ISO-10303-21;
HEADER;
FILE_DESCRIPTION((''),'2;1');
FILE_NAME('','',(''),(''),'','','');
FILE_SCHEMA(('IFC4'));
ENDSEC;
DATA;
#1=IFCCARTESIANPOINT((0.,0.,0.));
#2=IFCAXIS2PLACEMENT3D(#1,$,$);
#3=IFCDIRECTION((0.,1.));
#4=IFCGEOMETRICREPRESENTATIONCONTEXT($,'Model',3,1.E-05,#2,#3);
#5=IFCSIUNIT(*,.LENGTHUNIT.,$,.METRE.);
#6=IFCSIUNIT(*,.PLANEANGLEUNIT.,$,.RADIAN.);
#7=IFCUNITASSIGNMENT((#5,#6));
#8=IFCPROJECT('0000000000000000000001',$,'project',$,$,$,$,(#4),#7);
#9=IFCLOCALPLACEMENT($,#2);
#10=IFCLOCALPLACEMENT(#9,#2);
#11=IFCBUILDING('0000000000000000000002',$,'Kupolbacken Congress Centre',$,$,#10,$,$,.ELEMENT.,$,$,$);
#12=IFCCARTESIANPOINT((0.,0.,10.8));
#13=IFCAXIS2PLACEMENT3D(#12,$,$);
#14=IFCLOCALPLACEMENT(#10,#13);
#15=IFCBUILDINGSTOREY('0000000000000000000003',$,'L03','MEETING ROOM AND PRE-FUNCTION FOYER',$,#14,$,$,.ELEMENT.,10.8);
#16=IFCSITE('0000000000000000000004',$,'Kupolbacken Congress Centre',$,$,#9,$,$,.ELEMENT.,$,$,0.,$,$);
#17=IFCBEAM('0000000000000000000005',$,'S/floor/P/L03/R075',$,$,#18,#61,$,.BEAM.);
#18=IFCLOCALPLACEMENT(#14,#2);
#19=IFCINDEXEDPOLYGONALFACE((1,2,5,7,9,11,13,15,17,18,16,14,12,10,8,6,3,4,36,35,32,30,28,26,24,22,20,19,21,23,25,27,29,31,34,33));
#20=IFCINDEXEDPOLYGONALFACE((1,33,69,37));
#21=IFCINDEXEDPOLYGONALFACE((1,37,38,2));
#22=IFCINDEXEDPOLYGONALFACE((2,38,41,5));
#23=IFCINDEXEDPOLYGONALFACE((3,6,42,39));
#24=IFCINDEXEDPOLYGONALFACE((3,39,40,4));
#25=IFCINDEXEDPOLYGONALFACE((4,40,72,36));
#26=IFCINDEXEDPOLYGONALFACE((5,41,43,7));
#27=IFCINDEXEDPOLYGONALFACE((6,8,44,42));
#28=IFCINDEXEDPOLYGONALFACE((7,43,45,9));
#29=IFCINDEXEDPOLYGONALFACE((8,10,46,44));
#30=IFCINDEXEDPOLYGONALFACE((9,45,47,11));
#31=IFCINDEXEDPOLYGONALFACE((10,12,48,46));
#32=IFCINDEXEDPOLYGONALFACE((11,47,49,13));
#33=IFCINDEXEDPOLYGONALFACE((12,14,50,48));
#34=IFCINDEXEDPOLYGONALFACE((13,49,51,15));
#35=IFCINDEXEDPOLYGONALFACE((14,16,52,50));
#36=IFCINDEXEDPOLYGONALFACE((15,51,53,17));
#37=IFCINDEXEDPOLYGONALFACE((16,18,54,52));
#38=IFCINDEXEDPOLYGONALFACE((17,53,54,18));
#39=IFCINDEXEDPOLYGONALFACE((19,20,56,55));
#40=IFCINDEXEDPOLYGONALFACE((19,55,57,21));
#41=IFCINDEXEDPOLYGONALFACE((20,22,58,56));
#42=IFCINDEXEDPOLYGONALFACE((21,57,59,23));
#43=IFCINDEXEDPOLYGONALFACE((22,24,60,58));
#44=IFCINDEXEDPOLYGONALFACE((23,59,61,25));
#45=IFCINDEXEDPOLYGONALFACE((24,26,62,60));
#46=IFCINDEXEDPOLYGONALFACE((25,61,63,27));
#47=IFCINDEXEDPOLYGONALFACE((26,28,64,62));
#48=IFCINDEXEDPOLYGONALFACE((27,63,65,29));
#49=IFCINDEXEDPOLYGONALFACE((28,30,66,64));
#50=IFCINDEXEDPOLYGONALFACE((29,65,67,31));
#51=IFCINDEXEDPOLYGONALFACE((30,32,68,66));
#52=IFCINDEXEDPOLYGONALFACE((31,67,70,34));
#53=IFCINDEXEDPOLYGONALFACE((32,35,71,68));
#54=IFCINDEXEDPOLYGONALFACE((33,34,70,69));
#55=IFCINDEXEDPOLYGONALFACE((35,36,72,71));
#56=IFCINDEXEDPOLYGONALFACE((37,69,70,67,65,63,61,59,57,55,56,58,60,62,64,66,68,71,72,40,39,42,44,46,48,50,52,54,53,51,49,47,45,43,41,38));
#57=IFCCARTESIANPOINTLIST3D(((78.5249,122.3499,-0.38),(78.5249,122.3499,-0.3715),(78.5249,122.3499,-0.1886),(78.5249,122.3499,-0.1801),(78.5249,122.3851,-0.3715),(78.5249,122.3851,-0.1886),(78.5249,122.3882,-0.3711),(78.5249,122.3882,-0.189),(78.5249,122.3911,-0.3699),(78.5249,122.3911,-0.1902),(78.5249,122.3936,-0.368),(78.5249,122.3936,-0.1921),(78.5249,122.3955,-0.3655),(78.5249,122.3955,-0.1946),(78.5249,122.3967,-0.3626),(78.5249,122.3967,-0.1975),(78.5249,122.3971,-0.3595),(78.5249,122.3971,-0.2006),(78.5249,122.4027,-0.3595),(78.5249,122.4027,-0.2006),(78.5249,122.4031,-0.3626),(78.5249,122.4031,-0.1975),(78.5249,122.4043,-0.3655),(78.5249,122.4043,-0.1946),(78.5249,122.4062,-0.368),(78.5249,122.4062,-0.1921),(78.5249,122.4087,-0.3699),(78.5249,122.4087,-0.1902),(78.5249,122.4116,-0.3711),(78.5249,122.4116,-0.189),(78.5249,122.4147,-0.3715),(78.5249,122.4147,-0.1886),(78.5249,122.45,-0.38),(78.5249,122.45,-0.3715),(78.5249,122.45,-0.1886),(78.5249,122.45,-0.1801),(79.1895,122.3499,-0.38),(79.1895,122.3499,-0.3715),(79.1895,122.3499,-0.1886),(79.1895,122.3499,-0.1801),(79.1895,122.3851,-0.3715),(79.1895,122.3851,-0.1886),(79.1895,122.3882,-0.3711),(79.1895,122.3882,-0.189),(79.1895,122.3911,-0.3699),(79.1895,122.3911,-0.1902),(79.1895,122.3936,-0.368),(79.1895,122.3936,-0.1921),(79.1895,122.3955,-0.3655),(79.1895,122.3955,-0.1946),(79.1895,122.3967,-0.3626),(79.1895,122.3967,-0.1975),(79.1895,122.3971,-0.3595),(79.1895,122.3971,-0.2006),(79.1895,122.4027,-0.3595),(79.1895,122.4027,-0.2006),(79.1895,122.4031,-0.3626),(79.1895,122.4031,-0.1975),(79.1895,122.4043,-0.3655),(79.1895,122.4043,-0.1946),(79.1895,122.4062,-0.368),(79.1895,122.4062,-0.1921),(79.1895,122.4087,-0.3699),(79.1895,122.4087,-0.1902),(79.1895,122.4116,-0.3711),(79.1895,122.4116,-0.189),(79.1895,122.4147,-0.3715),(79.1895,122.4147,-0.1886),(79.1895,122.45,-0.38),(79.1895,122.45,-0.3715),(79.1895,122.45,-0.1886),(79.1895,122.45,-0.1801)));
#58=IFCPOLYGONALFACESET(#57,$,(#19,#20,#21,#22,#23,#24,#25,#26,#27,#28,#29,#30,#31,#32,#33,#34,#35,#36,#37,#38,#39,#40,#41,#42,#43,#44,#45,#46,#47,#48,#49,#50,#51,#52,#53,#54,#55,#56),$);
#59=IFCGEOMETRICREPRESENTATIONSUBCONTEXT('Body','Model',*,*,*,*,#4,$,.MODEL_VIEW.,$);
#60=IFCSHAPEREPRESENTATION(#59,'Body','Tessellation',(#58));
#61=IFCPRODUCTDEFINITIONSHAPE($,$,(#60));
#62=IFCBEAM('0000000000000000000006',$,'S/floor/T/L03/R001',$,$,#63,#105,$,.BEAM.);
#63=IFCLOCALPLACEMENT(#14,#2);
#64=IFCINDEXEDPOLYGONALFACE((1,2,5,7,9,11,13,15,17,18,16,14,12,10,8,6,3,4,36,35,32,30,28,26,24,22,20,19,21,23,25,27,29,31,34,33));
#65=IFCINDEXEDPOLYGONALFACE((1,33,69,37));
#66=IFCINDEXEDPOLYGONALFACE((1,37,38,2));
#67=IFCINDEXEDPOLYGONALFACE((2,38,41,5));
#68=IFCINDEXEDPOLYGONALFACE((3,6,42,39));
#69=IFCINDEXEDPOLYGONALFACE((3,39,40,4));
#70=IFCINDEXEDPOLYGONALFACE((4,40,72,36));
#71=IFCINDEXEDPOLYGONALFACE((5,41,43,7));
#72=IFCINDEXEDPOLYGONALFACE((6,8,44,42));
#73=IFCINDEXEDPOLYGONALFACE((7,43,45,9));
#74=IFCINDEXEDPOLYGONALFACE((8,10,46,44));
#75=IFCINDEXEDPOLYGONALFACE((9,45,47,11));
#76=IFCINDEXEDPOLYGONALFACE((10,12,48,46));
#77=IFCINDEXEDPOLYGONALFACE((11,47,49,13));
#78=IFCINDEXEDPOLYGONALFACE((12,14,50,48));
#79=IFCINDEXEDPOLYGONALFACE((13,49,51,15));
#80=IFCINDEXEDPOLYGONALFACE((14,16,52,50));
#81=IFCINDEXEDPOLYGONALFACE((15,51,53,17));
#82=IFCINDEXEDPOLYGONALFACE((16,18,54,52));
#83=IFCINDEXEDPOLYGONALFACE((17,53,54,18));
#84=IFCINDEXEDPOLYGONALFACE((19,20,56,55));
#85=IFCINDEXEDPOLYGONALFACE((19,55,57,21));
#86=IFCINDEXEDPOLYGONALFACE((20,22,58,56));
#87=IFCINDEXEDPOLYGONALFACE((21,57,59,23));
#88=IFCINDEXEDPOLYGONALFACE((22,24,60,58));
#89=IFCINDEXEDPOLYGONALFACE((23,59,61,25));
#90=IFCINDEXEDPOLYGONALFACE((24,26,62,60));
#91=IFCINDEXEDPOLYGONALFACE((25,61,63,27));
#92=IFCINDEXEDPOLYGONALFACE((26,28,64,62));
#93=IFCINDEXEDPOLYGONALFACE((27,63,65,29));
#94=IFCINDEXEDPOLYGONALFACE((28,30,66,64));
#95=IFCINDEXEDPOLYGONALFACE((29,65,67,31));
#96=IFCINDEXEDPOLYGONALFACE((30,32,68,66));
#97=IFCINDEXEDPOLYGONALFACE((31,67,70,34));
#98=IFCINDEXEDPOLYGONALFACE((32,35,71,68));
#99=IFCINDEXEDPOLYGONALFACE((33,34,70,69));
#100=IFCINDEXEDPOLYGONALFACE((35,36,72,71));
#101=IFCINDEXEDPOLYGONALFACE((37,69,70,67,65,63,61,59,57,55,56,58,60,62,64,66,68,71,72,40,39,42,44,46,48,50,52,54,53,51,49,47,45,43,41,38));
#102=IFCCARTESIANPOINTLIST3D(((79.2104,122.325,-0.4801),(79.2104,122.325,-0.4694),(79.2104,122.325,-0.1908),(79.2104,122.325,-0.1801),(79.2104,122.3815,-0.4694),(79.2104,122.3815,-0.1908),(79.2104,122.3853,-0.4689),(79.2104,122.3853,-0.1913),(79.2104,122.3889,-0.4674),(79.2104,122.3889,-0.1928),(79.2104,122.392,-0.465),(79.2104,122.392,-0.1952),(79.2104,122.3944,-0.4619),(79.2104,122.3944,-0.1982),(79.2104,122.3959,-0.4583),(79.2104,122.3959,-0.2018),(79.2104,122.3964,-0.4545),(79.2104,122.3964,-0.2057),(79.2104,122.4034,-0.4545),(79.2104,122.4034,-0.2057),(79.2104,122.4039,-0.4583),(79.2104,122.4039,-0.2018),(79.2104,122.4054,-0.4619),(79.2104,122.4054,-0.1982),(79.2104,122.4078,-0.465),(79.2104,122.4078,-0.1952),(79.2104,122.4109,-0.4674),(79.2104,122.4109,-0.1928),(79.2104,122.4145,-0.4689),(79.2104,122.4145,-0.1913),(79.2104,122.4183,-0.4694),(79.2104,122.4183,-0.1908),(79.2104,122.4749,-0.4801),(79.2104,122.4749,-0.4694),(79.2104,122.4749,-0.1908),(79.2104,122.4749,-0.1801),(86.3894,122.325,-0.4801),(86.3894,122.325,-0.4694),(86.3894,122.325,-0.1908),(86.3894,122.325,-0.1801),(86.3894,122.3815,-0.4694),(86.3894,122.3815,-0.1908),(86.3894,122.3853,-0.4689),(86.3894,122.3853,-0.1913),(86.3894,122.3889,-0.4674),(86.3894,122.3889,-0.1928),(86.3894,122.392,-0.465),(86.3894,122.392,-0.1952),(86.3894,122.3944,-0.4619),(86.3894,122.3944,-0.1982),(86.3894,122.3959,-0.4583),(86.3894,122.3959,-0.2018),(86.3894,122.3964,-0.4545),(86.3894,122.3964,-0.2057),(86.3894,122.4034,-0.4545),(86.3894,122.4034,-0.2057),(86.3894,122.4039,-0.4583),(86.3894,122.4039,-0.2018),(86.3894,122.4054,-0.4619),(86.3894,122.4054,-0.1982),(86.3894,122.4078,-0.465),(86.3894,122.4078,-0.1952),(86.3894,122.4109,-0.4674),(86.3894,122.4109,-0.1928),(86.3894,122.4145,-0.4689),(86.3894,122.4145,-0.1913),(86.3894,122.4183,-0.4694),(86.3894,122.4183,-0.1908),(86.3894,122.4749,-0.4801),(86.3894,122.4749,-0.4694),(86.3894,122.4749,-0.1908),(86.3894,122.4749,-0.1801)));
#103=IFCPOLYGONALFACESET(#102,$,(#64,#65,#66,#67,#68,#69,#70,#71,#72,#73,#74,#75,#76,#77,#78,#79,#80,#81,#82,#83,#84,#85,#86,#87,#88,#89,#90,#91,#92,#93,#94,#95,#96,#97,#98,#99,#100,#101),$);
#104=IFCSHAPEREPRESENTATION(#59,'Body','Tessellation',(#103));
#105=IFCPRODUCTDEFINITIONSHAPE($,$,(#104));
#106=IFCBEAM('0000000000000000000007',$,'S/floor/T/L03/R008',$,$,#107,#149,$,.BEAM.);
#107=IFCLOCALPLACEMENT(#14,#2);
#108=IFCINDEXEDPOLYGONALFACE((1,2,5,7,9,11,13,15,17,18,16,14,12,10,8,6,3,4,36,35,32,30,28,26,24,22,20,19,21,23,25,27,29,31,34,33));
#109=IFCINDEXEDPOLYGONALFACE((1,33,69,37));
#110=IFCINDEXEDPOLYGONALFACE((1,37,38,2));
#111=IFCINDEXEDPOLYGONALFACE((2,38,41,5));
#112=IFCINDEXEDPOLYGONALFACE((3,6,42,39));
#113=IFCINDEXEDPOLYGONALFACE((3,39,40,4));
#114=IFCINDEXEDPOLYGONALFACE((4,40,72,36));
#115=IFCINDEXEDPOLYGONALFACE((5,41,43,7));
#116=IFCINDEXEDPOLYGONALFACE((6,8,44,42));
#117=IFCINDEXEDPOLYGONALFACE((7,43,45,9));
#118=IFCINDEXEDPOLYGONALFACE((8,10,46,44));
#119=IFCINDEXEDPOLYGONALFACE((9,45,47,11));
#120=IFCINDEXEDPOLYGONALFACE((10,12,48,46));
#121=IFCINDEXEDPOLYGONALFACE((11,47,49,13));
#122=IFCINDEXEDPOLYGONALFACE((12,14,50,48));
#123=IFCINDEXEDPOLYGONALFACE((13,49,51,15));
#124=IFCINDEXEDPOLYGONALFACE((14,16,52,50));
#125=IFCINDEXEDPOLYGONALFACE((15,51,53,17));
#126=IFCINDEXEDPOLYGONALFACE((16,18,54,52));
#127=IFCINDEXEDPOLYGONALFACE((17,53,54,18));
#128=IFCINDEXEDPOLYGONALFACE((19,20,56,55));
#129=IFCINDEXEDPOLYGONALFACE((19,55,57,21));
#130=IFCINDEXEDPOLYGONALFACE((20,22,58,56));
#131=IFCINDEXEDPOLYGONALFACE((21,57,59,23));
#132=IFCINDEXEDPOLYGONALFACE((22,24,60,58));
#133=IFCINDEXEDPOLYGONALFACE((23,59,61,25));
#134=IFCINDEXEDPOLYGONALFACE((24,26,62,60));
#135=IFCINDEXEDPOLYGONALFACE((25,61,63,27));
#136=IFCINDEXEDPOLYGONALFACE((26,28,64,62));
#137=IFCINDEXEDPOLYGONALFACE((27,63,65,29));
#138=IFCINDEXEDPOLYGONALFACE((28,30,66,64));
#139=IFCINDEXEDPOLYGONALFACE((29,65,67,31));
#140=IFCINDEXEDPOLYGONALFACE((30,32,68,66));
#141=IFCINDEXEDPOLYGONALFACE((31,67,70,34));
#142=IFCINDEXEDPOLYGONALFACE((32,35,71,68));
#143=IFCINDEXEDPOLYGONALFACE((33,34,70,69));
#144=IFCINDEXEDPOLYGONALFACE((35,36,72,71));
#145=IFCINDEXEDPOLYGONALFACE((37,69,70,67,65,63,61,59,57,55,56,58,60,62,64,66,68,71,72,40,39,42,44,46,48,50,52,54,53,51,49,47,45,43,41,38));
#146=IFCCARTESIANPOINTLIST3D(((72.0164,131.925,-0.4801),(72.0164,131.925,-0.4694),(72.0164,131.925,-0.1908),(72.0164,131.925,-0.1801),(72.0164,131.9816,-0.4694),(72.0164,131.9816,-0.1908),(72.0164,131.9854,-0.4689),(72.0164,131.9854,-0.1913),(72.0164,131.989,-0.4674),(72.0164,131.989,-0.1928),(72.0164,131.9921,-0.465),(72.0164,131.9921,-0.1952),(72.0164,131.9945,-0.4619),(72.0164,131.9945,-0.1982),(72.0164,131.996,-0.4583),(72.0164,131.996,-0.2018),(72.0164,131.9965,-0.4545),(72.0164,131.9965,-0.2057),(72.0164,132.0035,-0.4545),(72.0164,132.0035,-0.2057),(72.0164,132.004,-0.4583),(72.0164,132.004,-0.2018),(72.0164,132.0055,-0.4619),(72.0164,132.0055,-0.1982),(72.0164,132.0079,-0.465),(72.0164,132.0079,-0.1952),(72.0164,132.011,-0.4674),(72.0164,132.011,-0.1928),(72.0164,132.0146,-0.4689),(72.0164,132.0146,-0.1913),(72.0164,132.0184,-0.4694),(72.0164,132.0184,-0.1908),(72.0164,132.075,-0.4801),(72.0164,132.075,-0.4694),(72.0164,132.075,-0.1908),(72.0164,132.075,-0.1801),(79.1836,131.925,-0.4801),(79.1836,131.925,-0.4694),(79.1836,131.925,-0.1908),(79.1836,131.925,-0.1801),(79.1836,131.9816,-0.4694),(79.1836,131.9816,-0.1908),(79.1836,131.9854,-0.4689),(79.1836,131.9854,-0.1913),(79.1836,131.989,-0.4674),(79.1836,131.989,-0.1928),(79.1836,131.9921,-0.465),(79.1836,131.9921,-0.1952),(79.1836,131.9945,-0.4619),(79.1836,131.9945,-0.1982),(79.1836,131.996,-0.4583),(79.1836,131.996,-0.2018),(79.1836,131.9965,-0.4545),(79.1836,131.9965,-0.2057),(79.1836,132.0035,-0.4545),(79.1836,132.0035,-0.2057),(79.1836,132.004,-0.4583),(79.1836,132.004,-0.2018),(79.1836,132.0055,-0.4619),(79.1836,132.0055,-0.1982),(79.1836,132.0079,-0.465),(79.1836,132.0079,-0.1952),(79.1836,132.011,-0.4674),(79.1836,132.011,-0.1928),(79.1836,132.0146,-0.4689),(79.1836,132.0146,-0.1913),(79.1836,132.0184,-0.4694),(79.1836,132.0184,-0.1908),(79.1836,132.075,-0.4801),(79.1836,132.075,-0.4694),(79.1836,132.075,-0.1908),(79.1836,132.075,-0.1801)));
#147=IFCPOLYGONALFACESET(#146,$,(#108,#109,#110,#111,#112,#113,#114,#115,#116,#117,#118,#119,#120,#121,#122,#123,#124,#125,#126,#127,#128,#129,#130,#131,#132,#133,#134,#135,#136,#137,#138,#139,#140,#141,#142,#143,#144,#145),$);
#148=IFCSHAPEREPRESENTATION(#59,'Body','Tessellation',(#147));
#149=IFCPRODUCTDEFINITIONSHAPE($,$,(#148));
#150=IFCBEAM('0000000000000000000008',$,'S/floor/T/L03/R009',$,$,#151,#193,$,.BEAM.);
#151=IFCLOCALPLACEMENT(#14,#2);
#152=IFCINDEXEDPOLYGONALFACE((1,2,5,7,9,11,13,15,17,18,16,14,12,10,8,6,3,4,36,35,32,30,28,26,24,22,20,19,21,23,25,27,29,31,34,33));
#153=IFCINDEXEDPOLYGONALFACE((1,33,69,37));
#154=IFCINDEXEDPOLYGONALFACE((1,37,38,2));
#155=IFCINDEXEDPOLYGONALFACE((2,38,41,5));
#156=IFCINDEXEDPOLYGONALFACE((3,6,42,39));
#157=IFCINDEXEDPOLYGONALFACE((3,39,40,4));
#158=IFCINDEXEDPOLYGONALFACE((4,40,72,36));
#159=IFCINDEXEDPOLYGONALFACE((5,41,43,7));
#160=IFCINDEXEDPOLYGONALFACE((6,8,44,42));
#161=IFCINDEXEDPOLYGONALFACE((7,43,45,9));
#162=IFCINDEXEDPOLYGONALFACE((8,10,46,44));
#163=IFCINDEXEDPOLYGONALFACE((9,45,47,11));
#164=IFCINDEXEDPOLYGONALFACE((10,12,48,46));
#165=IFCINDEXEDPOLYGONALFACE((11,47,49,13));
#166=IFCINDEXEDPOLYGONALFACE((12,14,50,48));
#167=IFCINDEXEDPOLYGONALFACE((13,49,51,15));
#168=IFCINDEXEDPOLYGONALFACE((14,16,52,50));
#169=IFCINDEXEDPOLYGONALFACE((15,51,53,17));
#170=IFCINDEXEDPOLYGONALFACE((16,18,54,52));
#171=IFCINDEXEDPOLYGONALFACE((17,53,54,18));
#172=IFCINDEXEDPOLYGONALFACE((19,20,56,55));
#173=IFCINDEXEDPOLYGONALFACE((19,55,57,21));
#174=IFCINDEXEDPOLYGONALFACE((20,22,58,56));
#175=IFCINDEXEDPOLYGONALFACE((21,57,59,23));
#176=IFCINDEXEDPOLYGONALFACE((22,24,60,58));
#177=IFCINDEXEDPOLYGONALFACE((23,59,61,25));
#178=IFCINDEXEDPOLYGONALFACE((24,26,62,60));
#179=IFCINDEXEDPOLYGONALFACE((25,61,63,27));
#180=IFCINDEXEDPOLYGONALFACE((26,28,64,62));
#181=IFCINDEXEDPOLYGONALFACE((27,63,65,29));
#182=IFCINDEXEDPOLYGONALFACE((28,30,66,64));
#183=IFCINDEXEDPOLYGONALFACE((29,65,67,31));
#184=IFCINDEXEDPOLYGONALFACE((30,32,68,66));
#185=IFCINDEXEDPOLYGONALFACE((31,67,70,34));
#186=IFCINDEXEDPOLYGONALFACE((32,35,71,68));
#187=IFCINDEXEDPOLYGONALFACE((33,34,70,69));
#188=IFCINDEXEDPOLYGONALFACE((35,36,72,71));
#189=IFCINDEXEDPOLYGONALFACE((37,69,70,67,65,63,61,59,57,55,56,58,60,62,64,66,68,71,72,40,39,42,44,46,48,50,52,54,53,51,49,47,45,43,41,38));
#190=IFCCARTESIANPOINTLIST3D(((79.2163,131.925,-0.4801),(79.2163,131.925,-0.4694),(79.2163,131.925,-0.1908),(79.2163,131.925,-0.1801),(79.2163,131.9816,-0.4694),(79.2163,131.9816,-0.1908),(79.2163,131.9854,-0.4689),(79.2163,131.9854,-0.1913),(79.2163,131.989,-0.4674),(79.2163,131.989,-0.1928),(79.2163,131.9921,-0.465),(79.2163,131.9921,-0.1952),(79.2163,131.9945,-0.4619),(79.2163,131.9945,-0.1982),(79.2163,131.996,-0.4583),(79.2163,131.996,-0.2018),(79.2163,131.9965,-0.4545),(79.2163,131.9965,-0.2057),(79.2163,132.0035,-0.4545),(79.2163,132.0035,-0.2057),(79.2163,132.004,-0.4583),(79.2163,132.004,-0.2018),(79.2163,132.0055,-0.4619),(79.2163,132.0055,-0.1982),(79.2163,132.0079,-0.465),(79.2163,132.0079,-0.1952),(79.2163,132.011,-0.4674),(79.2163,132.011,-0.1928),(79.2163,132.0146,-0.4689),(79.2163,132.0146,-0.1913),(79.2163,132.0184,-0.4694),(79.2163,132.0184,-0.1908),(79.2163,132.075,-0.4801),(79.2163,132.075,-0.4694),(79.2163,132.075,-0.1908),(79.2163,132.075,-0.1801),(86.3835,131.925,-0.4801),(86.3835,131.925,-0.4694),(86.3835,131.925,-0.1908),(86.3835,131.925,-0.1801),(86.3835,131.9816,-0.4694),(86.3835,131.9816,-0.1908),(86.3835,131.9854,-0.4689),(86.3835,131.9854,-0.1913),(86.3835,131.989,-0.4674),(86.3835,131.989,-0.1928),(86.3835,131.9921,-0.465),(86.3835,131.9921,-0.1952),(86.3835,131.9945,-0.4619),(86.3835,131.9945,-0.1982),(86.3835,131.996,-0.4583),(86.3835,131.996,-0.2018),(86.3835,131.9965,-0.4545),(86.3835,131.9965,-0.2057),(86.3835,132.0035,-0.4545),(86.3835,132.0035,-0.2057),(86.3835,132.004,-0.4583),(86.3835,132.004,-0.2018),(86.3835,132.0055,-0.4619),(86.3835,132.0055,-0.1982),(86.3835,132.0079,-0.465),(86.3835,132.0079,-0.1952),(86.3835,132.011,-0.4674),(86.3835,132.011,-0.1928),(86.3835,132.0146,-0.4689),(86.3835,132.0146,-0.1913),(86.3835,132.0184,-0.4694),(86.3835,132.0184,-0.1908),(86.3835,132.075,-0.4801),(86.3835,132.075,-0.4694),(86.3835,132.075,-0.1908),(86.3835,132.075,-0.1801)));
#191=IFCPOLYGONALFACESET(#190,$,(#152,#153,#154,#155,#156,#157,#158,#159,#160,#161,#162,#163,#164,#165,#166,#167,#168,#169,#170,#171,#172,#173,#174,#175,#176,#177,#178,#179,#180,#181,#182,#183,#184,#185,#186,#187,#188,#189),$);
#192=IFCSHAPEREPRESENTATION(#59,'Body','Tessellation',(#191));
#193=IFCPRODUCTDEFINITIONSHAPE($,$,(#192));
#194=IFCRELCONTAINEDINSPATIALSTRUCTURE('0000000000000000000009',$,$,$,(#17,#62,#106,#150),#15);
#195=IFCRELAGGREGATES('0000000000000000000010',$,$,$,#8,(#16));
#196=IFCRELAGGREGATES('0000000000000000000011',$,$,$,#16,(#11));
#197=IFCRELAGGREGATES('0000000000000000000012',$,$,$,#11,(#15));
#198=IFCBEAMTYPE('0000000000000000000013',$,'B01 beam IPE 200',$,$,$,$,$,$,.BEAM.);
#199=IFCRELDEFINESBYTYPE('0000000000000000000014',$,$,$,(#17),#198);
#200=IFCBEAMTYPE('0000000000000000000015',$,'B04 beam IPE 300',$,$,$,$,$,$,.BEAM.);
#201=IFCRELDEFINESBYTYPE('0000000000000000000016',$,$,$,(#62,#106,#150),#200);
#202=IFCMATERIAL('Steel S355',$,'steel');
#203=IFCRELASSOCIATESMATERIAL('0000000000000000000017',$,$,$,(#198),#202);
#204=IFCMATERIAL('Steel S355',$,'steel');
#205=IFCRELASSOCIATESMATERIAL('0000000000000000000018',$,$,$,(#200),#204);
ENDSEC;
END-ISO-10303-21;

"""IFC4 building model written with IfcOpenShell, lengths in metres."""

from ifc_helpers import new_model, si_unit, direction, frame, origin, origin_2d, place, context, subcontext, project, spatial, i_section, extrude, material, material_profile, profile_set, type_object, element, save


model = new_model("IFC4")

# Units and contexts
model_context = context("Model", 3, precision=1e-05, world=origin(), true_north=direction((0.0, 1.0)))
body_context = subcontext(model_context, "Body", "Model", "MODEL_VIEW")
ifc_project = project(units=[si_unit("LENGTHUNIT", "METRE"), si_unit("PLANEANGLEUNIT", "RADIAN")], contexts=[model_context])

# Site, building, storey
site_placement = place(None, origin())
site = spatial("IfcSite", under=ifc_project, at=site_placement, Name="Kupolbacken Congress Centre", CompositionType="ELEMENT", RefElevation=0.0)
building_placement = place(site_placement, origin())
building = spatial("IfcBuilding", under=site, at=building_placement, Name="Kupolbacken Congress Centre", CompositionType="ELEMENT")
storey_placement = place(building_placement, frame((0.0, 0.0, 10.8)))
storey = spatial("IfcBuildingStorey", under=building, at=storey_placement, Name="L03", Description="MEETING ROOM AND PRE-FUNCTION FOYER", CompositionType="ELEMENT", Elevation=10.8)

# Beams
ifc_material_1 = material(Name="Steel S355", Category="steel")
ifc_material_profile_1 = material_profile(ifc_material_1, i_section(OverallWidth=0.1001, OverallDepth=0.2, WebThickness=0.0056, FlangeThickness=0.0085, FilletRadius=0.012, at=origin_2d()), Name="IPE 200")
ifc_profile_set_1 = profile_set([ifc_material_profile_1], Name="Steel S355")
beam_type_1 = type_object("IfcBeamType", Name="B01 beam IPE 200", PredefinedType="BEAM", material=ifc_profile_set_1)
beam_1_placement = place(storey_placement, frame((78.5249, 122.3999, -0.28), z_axis=(1.0, 0.0, 0.0), x_axis=(0.0, 1.0, 0.0)))
element("IfcBeam", 1, at=beam_1_placement, inside=storey, type_object=beam_type_1, Name="S/floor/P/L03/R075", PredefinedType="BEAM", context=body_context, shape_type="SweptSolid", body=[
    extrude(i_section(OverallWidth=0.1001, OverallDepth=0.2, WebThickness=0.0056, FlangeThickness=0.0085, FilletRadius=0.012, at=origin_2d()), origin(), (0.0, 0.0, 1.0), 0.6646),
])
ifc_material_2 = material(Name="Steel S355", Category="steel")
ifc_material_profile_2 = material_profile(ifc_material_2, i_section(OverallWidth=0.1499, OverallDepth=0.3, WebThickness=0.0071, FlangeThickness=0.0107, FilletRadius=0.0149, at=origin_2d()), Name="IPE 300")
ifc_profile_set_2 = profile_set([ifc_material_profile_2], Name="Steel S355")
beam_type_2 = type_object("IfcBeamType", Name="B04 beam IPE 300", PredefinedType="BEAM", material=ifc_profile_set_2)
beam_2_placement = place(storey_placement, frame((79.2104, 122.3999, -0.3301), z_axis=(1.0, 0.0, 0.0), x_axis=(0.0, 1.0, 0.0)))
element("IfcBeam", 2, at=beam_2_placement, inside=storey, type_object=beam_type_2, Name="S/floor/T/L03/R001", PredefinedType="BEAM", context=body_context, shape_type="SweptSolid", body=[
    extrude(i_section(OverallWidth=0.1499, OverallDepth=0.3, WebThickness=0.0071, FlangeThickness=0.0107, FilletRadius=0.0149, at=origin_2d()), origin(), (0.0, 0.0, 1.0), 7.179),
])
for number, where, z_axis, x_axis, name in (
    (3, (72.0164, 132.0, -0.3301), (1.0, 0.0, 0.0), (0.0, 1.0, 0.0), "S/floor/T/L03/R008"),
    (4, (79.2163, 132.0, -0.3301), (1.0, 0.0, 0.0), (0.0, 1.0, 0.0), "S/floor/T/L03/R009"),
):
    element("IfcBeam", number, at=place(storey_placement, frame(where, z_axis=z_axis, x_axis=x_axis)), inside=storey, type_object=beam_type_2, Name=name, PredefinedType="BEAM", context=body_context, shape_type="SweptSolid", body=[
        extrude(i_section(OverallWidth=0.1499, OverallDepth=0.3, WebThickness=0.0071, FlangeThickness=0.0107, FilletRadius=0.0149, at=origin_2d()), origin(), (0.0, 0.0, 1.0), 7.1672),
    ])

save(model, "model.ifc")
